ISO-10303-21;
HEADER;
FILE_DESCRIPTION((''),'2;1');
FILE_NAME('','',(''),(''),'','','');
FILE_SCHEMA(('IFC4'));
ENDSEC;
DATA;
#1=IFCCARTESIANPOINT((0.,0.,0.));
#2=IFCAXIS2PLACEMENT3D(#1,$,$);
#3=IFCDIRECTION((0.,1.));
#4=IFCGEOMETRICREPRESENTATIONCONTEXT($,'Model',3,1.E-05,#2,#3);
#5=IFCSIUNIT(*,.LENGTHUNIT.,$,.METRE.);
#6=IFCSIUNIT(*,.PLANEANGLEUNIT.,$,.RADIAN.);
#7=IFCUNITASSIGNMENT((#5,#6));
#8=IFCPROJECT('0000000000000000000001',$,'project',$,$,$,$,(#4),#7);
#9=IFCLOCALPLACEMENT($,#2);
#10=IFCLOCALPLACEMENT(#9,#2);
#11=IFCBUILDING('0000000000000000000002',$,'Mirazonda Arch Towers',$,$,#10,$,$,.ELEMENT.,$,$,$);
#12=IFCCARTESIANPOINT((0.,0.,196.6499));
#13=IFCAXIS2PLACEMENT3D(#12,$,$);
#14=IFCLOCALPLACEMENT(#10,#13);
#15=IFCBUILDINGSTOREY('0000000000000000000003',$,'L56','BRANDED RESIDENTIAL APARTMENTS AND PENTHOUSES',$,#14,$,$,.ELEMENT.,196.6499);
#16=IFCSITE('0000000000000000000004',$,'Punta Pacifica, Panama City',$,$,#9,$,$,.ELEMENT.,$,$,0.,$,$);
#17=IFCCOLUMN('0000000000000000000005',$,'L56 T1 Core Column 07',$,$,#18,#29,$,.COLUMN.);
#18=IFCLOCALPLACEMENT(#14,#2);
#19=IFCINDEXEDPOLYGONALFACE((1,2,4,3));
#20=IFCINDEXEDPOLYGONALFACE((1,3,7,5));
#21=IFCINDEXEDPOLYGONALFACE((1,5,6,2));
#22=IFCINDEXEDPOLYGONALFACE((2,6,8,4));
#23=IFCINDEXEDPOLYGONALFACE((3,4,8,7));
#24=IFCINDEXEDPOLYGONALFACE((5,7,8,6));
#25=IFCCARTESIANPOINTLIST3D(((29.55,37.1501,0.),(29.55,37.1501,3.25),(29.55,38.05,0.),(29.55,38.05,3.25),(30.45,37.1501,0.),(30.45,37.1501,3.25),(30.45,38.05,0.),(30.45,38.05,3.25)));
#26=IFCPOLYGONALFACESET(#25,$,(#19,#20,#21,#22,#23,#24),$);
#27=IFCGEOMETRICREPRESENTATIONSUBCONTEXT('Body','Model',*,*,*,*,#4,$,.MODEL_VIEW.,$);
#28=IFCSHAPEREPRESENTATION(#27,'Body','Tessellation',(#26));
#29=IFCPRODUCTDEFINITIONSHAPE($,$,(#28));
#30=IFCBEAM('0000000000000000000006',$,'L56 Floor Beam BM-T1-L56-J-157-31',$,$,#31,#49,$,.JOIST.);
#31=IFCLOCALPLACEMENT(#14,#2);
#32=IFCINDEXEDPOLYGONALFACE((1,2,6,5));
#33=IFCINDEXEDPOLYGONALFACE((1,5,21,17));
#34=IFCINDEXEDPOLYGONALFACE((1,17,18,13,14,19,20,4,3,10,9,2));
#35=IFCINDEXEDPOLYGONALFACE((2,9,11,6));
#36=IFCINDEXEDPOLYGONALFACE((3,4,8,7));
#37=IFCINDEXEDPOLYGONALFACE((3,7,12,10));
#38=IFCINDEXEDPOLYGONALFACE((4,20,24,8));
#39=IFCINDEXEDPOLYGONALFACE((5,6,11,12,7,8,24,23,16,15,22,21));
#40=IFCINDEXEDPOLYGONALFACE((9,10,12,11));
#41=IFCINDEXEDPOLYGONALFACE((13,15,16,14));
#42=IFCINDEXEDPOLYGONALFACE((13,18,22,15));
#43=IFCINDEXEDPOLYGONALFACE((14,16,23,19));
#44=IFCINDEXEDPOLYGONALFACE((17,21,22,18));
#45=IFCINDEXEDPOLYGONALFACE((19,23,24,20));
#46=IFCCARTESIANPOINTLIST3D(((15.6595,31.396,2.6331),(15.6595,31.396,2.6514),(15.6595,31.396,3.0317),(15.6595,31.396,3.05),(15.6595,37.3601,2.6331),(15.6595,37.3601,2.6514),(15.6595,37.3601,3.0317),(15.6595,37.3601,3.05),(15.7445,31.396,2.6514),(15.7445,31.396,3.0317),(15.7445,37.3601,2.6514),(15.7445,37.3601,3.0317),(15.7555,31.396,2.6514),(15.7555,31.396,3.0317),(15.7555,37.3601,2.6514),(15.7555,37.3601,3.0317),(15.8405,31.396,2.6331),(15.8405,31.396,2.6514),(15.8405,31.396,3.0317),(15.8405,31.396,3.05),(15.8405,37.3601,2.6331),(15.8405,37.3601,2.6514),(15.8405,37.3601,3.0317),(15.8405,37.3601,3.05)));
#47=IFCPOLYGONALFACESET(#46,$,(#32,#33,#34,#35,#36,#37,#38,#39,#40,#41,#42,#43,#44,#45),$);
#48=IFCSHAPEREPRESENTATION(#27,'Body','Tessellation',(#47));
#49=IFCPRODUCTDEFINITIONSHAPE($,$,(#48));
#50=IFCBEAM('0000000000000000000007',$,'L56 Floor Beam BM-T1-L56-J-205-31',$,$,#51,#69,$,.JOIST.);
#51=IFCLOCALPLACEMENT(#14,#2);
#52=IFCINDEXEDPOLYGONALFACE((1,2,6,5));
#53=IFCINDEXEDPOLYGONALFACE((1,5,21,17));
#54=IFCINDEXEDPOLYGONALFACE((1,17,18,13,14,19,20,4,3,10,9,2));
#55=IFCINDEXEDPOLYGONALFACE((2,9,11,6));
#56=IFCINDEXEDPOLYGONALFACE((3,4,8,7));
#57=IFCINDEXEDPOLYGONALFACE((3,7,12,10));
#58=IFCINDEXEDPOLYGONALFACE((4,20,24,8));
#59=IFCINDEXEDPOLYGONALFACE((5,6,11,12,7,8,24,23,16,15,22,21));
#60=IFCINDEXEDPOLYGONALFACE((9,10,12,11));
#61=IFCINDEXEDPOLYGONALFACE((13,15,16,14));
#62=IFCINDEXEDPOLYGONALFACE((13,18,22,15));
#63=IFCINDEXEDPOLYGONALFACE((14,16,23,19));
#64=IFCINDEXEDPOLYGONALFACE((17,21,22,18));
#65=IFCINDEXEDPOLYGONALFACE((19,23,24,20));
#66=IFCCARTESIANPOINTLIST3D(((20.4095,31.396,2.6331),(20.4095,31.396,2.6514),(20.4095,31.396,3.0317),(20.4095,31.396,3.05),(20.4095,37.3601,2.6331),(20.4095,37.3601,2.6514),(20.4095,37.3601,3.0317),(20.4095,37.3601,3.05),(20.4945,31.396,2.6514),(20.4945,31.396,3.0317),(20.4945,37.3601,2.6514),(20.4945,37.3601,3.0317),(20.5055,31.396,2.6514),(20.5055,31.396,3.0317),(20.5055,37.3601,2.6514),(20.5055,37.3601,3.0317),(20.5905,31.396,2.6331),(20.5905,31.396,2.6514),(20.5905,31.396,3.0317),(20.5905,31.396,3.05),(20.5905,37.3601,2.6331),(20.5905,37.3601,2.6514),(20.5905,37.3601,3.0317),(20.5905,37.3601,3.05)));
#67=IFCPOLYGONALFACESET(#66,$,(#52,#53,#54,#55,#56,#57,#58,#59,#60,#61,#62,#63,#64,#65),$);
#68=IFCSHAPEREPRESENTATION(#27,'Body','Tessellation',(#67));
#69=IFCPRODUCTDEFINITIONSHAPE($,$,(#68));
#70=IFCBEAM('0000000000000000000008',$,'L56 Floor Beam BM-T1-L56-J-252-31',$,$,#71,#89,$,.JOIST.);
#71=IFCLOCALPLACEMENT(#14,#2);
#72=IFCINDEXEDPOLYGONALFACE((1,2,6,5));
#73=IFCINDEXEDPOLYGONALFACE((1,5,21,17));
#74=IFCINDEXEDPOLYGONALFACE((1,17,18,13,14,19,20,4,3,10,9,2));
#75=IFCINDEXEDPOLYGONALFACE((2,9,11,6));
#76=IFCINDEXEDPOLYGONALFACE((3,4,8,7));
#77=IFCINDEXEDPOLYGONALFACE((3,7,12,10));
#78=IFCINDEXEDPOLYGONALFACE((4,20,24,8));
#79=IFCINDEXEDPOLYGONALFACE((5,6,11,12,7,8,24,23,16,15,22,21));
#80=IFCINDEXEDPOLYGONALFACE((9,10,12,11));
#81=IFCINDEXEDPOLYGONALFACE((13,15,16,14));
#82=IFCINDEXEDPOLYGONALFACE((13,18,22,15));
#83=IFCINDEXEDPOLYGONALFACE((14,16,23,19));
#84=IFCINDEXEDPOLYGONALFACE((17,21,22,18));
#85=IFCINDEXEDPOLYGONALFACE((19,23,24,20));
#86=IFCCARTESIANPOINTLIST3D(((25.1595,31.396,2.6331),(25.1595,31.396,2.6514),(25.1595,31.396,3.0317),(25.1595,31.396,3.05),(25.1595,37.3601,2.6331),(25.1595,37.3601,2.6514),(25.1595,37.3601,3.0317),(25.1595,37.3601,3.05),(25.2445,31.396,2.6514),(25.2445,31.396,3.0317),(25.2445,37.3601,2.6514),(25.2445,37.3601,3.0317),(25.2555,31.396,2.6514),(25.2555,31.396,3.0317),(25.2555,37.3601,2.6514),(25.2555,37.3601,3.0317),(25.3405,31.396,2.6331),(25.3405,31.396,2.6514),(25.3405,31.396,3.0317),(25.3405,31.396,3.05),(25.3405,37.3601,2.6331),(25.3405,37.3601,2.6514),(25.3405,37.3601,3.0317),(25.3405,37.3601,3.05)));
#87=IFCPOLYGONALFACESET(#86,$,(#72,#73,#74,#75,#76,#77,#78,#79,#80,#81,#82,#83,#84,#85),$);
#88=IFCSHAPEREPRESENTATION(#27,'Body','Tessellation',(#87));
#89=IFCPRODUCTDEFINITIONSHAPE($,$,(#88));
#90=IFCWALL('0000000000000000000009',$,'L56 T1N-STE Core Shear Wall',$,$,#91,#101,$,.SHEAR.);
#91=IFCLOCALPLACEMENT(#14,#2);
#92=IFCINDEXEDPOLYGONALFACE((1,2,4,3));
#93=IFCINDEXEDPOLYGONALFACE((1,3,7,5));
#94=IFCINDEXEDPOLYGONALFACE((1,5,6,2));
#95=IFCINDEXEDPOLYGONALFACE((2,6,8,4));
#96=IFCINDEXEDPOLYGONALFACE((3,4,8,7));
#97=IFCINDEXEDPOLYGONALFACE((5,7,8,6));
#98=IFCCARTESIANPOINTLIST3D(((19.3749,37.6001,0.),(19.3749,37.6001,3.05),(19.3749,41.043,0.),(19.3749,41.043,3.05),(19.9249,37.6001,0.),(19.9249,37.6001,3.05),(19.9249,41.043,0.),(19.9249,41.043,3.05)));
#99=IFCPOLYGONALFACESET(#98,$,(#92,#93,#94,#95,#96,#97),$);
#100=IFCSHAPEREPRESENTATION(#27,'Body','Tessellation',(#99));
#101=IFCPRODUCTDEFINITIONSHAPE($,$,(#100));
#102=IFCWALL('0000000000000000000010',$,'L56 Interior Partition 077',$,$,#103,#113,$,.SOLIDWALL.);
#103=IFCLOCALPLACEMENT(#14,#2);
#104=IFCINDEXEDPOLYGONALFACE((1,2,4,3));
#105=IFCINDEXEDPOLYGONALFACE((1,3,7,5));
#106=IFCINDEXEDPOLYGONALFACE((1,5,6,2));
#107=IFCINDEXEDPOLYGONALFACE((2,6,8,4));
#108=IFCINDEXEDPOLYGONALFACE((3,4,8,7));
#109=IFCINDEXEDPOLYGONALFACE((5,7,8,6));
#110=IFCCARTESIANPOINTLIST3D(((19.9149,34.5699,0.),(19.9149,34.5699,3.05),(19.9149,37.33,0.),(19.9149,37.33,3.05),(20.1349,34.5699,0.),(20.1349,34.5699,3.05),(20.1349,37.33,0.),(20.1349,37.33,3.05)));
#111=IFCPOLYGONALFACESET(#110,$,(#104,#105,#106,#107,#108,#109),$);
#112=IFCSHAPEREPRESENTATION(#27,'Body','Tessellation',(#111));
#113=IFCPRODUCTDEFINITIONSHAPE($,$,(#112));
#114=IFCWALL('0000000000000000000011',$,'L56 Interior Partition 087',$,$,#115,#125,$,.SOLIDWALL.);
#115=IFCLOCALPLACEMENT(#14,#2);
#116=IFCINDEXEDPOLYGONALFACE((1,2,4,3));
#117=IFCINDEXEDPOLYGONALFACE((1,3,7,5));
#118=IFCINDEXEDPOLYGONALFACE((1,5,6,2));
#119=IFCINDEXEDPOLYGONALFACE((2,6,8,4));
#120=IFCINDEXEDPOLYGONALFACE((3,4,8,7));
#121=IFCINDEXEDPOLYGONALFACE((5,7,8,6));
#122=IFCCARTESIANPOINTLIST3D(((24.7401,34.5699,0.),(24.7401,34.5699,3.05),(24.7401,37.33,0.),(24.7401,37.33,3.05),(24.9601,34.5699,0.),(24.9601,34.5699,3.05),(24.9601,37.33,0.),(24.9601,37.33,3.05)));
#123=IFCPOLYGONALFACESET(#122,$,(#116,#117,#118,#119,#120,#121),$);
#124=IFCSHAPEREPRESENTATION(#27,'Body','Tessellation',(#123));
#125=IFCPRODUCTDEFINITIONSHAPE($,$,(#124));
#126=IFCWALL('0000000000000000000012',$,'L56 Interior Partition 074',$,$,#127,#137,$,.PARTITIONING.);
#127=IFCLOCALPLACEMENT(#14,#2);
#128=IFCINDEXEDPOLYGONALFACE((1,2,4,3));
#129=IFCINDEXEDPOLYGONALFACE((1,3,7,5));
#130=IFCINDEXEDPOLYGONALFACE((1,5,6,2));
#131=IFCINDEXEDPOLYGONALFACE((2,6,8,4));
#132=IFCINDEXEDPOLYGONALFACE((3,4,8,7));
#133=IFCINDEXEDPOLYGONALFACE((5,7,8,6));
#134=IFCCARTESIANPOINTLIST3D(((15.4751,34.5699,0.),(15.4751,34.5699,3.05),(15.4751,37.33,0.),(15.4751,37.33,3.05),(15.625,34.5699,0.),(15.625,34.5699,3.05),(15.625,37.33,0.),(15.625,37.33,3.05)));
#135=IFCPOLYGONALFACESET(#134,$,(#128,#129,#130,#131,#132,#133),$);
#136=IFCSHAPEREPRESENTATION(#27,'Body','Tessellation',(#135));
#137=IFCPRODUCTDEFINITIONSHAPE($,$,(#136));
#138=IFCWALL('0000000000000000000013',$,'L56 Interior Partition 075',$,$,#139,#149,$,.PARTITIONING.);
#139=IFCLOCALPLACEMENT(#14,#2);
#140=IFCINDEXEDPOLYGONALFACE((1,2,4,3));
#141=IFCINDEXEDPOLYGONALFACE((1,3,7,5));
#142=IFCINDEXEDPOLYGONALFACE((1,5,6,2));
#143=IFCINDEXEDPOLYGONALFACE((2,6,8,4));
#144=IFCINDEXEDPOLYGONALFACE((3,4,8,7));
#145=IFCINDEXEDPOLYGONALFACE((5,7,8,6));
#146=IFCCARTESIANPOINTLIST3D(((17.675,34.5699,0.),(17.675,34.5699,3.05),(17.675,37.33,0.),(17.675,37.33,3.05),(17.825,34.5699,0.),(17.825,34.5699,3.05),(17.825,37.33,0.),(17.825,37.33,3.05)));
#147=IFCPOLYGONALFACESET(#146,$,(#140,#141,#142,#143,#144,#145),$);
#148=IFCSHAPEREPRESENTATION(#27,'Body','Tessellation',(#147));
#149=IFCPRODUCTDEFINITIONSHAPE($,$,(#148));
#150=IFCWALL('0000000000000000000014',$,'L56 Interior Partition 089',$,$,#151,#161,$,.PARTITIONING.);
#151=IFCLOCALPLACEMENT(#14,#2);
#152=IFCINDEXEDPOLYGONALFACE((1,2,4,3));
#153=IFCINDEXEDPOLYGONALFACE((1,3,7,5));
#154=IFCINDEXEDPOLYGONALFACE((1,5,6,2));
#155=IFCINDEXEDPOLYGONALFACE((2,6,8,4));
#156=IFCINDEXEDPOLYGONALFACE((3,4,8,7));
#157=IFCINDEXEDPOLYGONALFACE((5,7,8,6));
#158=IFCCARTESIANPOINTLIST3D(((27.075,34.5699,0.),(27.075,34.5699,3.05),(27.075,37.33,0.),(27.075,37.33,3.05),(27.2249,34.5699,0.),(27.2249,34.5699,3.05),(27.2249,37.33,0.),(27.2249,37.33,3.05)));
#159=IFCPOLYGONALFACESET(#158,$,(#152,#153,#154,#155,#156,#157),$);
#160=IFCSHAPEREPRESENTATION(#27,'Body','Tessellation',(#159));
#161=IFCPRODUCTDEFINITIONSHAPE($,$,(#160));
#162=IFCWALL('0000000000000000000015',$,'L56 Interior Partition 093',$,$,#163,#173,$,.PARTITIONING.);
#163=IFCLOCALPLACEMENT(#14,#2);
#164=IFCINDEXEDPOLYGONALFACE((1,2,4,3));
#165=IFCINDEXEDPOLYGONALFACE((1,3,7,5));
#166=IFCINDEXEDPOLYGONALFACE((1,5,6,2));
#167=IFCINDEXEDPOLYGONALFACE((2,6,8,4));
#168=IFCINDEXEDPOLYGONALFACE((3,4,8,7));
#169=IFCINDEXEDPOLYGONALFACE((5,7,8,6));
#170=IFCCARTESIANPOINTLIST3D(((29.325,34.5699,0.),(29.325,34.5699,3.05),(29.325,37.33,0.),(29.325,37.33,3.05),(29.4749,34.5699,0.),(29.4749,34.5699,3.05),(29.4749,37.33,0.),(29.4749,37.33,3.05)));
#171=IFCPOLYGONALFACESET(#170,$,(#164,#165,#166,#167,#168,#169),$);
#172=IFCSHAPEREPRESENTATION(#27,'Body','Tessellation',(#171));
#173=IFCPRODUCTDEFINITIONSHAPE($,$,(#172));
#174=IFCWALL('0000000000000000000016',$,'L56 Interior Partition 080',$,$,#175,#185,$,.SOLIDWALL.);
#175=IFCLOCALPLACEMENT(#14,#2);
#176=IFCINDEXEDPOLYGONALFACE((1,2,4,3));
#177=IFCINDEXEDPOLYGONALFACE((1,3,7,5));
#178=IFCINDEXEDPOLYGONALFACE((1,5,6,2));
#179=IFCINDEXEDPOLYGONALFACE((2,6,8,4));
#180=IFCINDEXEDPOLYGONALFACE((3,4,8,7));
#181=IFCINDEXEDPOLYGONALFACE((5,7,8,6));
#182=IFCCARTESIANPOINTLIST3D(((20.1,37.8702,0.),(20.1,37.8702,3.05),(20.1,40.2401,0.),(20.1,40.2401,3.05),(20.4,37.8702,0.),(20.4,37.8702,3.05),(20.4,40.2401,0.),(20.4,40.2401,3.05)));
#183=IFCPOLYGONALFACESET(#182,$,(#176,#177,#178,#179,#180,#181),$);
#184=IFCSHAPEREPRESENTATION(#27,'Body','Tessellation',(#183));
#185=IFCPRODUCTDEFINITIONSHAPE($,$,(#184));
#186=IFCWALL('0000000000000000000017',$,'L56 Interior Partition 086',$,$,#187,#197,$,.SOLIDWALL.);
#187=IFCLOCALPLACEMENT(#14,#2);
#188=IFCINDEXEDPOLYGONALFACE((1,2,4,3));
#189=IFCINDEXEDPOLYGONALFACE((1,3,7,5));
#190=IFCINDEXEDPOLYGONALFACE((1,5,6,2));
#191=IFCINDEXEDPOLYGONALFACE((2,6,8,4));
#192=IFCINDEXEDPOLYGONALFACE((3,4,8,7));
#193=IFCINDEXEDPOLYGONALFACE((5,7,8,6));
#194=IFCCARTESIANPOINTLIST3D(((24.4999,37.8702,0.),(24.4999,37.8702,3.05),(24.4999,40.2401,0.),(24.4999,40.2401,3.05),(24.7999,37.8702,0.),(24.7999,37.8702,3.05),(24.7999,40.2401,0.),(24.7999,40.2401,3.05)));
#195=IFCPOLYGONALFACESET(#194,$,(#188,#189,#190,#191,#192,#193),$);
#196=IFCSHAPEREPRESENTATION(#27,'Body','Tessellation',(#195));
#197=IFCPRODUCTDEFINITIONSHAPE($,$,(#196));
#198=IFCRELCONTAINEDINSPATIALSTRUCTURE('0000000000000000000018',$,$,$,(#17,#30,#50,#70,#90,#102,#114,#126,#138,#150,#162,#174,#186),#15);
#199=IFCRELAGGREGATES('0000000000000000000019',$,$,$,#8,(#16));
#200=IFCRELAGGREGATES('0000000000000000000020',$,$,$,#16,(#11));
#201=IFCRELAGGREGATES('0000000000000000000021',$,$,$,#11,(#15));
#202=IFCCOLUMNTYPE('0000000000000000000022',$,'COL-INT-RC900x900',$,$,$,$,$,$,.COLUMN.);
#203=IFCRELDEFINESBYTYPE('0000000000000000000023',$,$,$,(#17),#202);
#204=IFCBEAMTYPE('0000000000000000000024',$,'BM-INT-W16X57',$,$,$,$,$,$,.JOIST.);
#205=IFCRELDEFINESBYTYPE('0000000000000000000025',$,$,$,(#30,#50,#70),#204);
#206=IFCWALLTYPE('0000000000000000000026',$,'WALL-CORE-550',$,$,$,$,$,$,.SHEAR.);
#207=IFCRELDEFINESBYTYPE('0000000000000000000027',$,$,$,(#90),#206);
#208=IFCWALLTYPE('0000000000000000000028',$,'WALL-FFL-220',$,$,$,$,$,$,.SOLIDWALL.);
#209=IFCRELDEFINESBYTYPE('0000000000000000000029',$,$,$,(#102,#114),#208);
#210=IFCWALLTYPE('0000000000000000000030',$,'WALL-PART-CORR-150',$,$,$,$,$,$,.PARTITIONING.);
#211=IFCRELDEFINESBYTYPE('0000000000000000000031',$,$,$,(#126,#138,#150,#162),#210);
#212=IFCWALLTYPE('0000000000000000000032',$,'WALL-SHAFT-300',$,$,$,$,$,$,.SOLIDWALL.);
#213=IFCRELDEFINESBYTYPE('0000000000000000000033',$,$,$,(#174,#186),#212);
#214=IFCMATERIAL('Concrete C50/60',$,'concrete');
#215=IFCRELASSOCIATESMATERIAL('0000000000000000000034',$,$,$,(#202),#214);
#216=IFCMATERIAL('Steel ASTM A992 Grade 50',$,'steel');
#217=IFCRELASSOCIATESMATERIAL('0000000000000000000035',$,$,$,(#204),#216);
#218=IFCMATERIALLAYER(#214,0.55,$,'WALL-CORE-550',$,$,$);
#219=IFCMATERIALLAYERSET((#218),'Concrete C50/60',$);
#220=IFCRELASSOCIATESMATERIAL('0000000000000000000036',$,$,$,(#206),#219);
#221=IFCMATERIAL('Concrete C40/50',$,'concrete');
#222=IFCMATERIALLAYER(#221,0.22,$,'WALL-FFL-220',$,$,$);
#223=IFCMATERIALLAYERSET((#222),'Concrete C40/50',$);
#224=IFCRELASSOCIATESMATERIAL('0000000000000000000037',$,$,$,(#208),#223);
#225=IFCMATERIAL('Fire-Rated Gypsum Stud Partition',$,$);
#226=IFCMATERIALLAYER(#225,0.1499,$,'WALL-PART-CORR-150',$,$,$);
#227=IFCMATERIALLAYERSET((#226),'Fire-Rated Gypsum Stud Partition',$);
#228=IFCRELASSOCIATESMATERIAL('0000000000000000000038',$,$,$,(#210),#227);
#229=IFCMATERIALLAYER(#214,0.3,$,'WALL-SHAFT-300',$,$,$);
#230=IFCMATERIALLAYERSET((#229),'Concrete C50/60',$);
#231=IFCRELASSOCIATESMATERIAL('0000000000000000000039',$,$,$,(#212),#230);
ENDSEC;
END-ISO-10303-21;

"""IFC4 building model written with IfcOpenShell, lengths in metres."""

from ifc_helpers import new_model, si_unit, direction, frame, frame_2d, origin, origin_2d, place, context, subcontext, project, spatial, rectangle, i_section, extrude, material, layer, layer_set, material_profile, profile_set, type_object, element, save


model = new_model("IFC4")

# Units and contexts
model_context = context("Model", 3, precision=1e-05, world=origin(), true_north=direction((0.0, 1.0)))
body_context = subcontext(model_context, "Body", "Model", "MODEL_VIEW")
ifc_project = project(units=[si_unit("LENGTHUNIT", "METRE"), si_unit("PLANEANGLEUNIT", "RADIAN")], contexts=[model_context])

# Site, building, storey
site_placement = place(None, origin())
site = spatial("IfcSite", under=ifc_project, at=site_placement, Name="Punta Pacifica, Panama City", CompositionType="ELEMENT", RefElevation=0.0)
building_placement = place(site_placement, origin())
building = spatial("IfcBuilding", under=site, at=building_placement, Name="Mirazonda Arch Towers", CompositionType="ELEMENT")
storey_placement = place(building_placement, frame((0.0, 0.0, 196.6499)))
storey = spatial("IfcBuildingStorey", under=building, at=storey_placement, Name="L56", Description="BRANDED RESIDENTIAL APARTMENTS AND PENTHOUSES", CompositionType="ELEMENT", Elevation=196.6499)

# Column
ifc_material_1 = material(Name="Concrete C50/60", Category="concrete")
ifc_material_profile_1 = material_profile(ifc_material_1, rectangle(XDim=0.8999, YDim=0.8999, at=origin_2d()), Name="RC900x900")
ifc_profile_set_1 = profile_set([ifc_material_profile_1], Name="Concrete C50/60")
column_type = type_object("IfcColumnType", Name="COL-INT-RC900x900", PredefinedType="COLUMN", material=ifc_profile_set_1)
column_placement = place(storey_placement, frame((30.0, 37.6001, 0.0), z_axis=(0.0, 0.0, 1.0), x_axis=(1.0, 0.0, 0.0)))
element("IfcColumn", 1, at=column_placement, inside=storey, type_object=column_type, Name="L56 T1 Core Column 07", PredefinedType="COLUMN", context=body_context, shape_type="SweptSolid", body=[
    extrude(rectangle(XDim=0.8999, YDim=0.8999, at=origin_2d()), origin(), (0.0, 0.0, 1.0), 3.25),
])

# Beams
ifc_material_2 = material(Name="Steel ASTM A992 Grade 50", Category="steel")
ifc_material_profile_2 = material_profile(ifc_material_2, i_section(OverallWidth=0.1809, OverallDepth=0.417, WebThickness=0.011, FlangeThickness=0.0183, at=origin_2d()), Name="W16X57")
ifc_profile_set_2 = profile_set([ifc_material_profile_2], Name="Steel ASTM A992 Grade 50")
beam_type = type_object("IfcBeamType", Name="BM-INT-W16X57", PredefinedType="JOIST", material=ifc_profile_set_2)
for number, where, z_axis, x_axis, name in (
    (2, (15.75, 31.396, 2.8416), (0.0, 1.0, 0.0), (-1.0, 0.0, 0.0), "L56 Floor Beam BM-T1-L56-J-157-31"),
    (3, (20.5, 31.396, 2.8416), (0.0, 1.0, 0.0), (-1.0, 0.0, 0.0), "L56 Floor Beam BM-T1-L56-J-205-31"),
    (4, (25.25, 31.396, 2.8416), (0.0, 1.0, 0.0), (-1.0, 0.0, 0.0), "L56 Floor Beam BM-T1-L56-J-252-31"),
):
    element("IfcBeam", number, at=place(storey_placement, frame(where, z_axis=z_axis, x_axis=x_axis)), inside=storey, type_object=beam_type, Name=name, PredefinedType="JOIST", context=body_context, shape_type="SweptSolid", body=[
        extrude(i_section(OverallWidth=0.1809, OverallDepth=0.417, WebThickness=0.011, FlangeThickness=0.0183, at=origin_2d()), origin(), (0.0, 0.0, 1.0), 5.9641),
    ])

# Wall
ifc_layer_1 = layer(ifc_material_1, 0.55, Name="WALL-CORE-550")
ifc_layer_set_1 = layer_set([ifc_layer_1], Name="Concrete C50/60")
wall_type_1 = type_object("IfcWallType", Name="WALL-CORE-550", PredefinedType="SHEAR", material=ifc_layer_set_1)
wall_1_placement = place(storey_placement, frame((19.6499, 37.6001, 0.0), z_axis=(0.0, 0.0, 1.0), x_axis=(0.0, 1.0, 0.0)))
element("IfcWall", 5, at=wall_1_placement, inside=storey, type_object=wall_type_1, Name="L56 T1N-STE Core Shear Wall", PredefinedType="SHEAR", context=body_context, shape_type="SweptSolid", body=[
    extrude(rectangle(XDim=3.4429, YDim=0.55, at=frame_2d((1.7214, 0.0))), origin(), (0.0, 0.0, 1.0), 3.05),
])

# Shared definitions
ifc_material_3 = material(Name="Concrete C40/50", Category="concrete")
ifc_layer_2 = layer(ifc_material_3, 0.22, Name="WALL-FFL-220")
ifc_layer_set_2 = layer_set([ifc_layer_2], Name="Concrete C40/50")
wall_type_2 = type_object("IfcWallType", Name="WALL-FFL-220", PredefinedType="SOLIDWALL", material=ifc_layer_set_2)

# Walls
for number, where, z_axis, x_axis, name in (
    (6, (20.0249, 34.5701, 0.0), (0.0, 0.0, 1.0), (0.0, 1.0, 0.0), "L56 Interior Partition 077"),
    (7, (24.8501, 34.5701, 0.0), (0.0, 0.0, 1.0), (0.0, 1.0, 0.0), "L56 Interior Partition 087"),
):
    element("IfcWall", number, at=place(storey_placement, frame(where, z_axis=z_axis, x_axis=x_axis)), inside=storey, type_object=wall_type_2, Name=name, PredefinedType="SOLIDWALL", context=body_context, shape_type="SweptSolid", body=[
        extrude(rectangle(XDim=2.76, YDim=0.22, at=frame_2d((1.3799, 0.0))), origin(), (0.0, 0.0, 1.0), 3.05),
    ])
ifc_material_4 = material(Name="Fire-Rated Gypsum Stud Partition")
ifc_layer_3 = layer(ifc_material_4, 0.1499, Name="WALL-PART-CORR-150")
ifc_layer_set_3 = layer_set([ifc_layer_3], Name="Fire-Rated Gypsum Stud Partition")
wall_type_3 = type_object("IfcWallType", Name="WALL-PART-CORR-150", PredefinedType="PARTITIONING", material=ifc_layer_set_3)
for number, where, z_axis, x_axis, name in (
    (8, (15.55, 34.5701, 0.0), (0.0, 0.0, 1.0), (0.0, 1.0, 0.0), "L56 Interior Partition 074"),
    (9, (17.75, 34.5701, 0.0), (0.0, 0.0, 1.0), (0.0, 1.0, 0.0), "L56 Interior Partition 075"),
    (10, (27.1499, 34.5701, 0.0), (0.0, 0.0, 1.0), (0.0, 1.0, 0.0), "L56 Interior Partition 089"),
    (11, (29.3999, 34.5701, 0.0), (0.0, 0.0, 1.0), (0.0, 1.0, 0.0), "L56 Interior Partition 093"),
):
    element("IfcWall", number, at=place(storey_placement, frame(where, z_axis=z_axis, x_axis=x_axis)), inside=storey, type_object=wall_type_3, Name=name, PredefinedType="PARTITIONING", context=body_context, shape_type="SweptSolid", body=[
        extrude(rectangle(XDim=2.76, YDim=0.1499, at=frame_2d((1.3799, 0.0))), origin(), (0.0, 0.0, 1.0), 3.05),
    ])
ifc_layer_4 = layer(ifc_material_1, 0.3, Name="WALL-SHAFT-300")
ifc_layer_set_4 = layer_set([ifc_layer_4], Name="Concrete C50/60")
wall_type_4 = type_object("IfcWallType", Name="WALL-SHAFT-300", PredefinedType="SOLIDWALL", material=ifc_layer_set_4)
for number, where, z_axis, x_axis, name in (
    (12, (20.25, 37.8701, 0.0), (0.0, 0.0, 1.0), (0.0, 1.0, 0.0), "L56 Interior Partition 080"),
    (13, (24.6499, 37.8701, 0.0), (0.0, 0.0, 1.0), (0.0, 1.0, 0.0), "L56 Interior Partition 086"),
):
    element("IfcWall", number, at=place(storey_placement, frame(where, z_axis=z_axis, x_axis=x_axis)), inside=storey, type_object=wall_type_4, Name=name, PredefinedType="SOLIDWALL", context=body_context, shape_type="SweptSolid", body=[
        extrude(rectangle(XDim=2.3699, YDim=0.3, at=frame_2d((1.1851, 0.0))), origin(), (0.0, 0.0, 1.0), 3.05),
    ])

save(model, "model.ifc")
